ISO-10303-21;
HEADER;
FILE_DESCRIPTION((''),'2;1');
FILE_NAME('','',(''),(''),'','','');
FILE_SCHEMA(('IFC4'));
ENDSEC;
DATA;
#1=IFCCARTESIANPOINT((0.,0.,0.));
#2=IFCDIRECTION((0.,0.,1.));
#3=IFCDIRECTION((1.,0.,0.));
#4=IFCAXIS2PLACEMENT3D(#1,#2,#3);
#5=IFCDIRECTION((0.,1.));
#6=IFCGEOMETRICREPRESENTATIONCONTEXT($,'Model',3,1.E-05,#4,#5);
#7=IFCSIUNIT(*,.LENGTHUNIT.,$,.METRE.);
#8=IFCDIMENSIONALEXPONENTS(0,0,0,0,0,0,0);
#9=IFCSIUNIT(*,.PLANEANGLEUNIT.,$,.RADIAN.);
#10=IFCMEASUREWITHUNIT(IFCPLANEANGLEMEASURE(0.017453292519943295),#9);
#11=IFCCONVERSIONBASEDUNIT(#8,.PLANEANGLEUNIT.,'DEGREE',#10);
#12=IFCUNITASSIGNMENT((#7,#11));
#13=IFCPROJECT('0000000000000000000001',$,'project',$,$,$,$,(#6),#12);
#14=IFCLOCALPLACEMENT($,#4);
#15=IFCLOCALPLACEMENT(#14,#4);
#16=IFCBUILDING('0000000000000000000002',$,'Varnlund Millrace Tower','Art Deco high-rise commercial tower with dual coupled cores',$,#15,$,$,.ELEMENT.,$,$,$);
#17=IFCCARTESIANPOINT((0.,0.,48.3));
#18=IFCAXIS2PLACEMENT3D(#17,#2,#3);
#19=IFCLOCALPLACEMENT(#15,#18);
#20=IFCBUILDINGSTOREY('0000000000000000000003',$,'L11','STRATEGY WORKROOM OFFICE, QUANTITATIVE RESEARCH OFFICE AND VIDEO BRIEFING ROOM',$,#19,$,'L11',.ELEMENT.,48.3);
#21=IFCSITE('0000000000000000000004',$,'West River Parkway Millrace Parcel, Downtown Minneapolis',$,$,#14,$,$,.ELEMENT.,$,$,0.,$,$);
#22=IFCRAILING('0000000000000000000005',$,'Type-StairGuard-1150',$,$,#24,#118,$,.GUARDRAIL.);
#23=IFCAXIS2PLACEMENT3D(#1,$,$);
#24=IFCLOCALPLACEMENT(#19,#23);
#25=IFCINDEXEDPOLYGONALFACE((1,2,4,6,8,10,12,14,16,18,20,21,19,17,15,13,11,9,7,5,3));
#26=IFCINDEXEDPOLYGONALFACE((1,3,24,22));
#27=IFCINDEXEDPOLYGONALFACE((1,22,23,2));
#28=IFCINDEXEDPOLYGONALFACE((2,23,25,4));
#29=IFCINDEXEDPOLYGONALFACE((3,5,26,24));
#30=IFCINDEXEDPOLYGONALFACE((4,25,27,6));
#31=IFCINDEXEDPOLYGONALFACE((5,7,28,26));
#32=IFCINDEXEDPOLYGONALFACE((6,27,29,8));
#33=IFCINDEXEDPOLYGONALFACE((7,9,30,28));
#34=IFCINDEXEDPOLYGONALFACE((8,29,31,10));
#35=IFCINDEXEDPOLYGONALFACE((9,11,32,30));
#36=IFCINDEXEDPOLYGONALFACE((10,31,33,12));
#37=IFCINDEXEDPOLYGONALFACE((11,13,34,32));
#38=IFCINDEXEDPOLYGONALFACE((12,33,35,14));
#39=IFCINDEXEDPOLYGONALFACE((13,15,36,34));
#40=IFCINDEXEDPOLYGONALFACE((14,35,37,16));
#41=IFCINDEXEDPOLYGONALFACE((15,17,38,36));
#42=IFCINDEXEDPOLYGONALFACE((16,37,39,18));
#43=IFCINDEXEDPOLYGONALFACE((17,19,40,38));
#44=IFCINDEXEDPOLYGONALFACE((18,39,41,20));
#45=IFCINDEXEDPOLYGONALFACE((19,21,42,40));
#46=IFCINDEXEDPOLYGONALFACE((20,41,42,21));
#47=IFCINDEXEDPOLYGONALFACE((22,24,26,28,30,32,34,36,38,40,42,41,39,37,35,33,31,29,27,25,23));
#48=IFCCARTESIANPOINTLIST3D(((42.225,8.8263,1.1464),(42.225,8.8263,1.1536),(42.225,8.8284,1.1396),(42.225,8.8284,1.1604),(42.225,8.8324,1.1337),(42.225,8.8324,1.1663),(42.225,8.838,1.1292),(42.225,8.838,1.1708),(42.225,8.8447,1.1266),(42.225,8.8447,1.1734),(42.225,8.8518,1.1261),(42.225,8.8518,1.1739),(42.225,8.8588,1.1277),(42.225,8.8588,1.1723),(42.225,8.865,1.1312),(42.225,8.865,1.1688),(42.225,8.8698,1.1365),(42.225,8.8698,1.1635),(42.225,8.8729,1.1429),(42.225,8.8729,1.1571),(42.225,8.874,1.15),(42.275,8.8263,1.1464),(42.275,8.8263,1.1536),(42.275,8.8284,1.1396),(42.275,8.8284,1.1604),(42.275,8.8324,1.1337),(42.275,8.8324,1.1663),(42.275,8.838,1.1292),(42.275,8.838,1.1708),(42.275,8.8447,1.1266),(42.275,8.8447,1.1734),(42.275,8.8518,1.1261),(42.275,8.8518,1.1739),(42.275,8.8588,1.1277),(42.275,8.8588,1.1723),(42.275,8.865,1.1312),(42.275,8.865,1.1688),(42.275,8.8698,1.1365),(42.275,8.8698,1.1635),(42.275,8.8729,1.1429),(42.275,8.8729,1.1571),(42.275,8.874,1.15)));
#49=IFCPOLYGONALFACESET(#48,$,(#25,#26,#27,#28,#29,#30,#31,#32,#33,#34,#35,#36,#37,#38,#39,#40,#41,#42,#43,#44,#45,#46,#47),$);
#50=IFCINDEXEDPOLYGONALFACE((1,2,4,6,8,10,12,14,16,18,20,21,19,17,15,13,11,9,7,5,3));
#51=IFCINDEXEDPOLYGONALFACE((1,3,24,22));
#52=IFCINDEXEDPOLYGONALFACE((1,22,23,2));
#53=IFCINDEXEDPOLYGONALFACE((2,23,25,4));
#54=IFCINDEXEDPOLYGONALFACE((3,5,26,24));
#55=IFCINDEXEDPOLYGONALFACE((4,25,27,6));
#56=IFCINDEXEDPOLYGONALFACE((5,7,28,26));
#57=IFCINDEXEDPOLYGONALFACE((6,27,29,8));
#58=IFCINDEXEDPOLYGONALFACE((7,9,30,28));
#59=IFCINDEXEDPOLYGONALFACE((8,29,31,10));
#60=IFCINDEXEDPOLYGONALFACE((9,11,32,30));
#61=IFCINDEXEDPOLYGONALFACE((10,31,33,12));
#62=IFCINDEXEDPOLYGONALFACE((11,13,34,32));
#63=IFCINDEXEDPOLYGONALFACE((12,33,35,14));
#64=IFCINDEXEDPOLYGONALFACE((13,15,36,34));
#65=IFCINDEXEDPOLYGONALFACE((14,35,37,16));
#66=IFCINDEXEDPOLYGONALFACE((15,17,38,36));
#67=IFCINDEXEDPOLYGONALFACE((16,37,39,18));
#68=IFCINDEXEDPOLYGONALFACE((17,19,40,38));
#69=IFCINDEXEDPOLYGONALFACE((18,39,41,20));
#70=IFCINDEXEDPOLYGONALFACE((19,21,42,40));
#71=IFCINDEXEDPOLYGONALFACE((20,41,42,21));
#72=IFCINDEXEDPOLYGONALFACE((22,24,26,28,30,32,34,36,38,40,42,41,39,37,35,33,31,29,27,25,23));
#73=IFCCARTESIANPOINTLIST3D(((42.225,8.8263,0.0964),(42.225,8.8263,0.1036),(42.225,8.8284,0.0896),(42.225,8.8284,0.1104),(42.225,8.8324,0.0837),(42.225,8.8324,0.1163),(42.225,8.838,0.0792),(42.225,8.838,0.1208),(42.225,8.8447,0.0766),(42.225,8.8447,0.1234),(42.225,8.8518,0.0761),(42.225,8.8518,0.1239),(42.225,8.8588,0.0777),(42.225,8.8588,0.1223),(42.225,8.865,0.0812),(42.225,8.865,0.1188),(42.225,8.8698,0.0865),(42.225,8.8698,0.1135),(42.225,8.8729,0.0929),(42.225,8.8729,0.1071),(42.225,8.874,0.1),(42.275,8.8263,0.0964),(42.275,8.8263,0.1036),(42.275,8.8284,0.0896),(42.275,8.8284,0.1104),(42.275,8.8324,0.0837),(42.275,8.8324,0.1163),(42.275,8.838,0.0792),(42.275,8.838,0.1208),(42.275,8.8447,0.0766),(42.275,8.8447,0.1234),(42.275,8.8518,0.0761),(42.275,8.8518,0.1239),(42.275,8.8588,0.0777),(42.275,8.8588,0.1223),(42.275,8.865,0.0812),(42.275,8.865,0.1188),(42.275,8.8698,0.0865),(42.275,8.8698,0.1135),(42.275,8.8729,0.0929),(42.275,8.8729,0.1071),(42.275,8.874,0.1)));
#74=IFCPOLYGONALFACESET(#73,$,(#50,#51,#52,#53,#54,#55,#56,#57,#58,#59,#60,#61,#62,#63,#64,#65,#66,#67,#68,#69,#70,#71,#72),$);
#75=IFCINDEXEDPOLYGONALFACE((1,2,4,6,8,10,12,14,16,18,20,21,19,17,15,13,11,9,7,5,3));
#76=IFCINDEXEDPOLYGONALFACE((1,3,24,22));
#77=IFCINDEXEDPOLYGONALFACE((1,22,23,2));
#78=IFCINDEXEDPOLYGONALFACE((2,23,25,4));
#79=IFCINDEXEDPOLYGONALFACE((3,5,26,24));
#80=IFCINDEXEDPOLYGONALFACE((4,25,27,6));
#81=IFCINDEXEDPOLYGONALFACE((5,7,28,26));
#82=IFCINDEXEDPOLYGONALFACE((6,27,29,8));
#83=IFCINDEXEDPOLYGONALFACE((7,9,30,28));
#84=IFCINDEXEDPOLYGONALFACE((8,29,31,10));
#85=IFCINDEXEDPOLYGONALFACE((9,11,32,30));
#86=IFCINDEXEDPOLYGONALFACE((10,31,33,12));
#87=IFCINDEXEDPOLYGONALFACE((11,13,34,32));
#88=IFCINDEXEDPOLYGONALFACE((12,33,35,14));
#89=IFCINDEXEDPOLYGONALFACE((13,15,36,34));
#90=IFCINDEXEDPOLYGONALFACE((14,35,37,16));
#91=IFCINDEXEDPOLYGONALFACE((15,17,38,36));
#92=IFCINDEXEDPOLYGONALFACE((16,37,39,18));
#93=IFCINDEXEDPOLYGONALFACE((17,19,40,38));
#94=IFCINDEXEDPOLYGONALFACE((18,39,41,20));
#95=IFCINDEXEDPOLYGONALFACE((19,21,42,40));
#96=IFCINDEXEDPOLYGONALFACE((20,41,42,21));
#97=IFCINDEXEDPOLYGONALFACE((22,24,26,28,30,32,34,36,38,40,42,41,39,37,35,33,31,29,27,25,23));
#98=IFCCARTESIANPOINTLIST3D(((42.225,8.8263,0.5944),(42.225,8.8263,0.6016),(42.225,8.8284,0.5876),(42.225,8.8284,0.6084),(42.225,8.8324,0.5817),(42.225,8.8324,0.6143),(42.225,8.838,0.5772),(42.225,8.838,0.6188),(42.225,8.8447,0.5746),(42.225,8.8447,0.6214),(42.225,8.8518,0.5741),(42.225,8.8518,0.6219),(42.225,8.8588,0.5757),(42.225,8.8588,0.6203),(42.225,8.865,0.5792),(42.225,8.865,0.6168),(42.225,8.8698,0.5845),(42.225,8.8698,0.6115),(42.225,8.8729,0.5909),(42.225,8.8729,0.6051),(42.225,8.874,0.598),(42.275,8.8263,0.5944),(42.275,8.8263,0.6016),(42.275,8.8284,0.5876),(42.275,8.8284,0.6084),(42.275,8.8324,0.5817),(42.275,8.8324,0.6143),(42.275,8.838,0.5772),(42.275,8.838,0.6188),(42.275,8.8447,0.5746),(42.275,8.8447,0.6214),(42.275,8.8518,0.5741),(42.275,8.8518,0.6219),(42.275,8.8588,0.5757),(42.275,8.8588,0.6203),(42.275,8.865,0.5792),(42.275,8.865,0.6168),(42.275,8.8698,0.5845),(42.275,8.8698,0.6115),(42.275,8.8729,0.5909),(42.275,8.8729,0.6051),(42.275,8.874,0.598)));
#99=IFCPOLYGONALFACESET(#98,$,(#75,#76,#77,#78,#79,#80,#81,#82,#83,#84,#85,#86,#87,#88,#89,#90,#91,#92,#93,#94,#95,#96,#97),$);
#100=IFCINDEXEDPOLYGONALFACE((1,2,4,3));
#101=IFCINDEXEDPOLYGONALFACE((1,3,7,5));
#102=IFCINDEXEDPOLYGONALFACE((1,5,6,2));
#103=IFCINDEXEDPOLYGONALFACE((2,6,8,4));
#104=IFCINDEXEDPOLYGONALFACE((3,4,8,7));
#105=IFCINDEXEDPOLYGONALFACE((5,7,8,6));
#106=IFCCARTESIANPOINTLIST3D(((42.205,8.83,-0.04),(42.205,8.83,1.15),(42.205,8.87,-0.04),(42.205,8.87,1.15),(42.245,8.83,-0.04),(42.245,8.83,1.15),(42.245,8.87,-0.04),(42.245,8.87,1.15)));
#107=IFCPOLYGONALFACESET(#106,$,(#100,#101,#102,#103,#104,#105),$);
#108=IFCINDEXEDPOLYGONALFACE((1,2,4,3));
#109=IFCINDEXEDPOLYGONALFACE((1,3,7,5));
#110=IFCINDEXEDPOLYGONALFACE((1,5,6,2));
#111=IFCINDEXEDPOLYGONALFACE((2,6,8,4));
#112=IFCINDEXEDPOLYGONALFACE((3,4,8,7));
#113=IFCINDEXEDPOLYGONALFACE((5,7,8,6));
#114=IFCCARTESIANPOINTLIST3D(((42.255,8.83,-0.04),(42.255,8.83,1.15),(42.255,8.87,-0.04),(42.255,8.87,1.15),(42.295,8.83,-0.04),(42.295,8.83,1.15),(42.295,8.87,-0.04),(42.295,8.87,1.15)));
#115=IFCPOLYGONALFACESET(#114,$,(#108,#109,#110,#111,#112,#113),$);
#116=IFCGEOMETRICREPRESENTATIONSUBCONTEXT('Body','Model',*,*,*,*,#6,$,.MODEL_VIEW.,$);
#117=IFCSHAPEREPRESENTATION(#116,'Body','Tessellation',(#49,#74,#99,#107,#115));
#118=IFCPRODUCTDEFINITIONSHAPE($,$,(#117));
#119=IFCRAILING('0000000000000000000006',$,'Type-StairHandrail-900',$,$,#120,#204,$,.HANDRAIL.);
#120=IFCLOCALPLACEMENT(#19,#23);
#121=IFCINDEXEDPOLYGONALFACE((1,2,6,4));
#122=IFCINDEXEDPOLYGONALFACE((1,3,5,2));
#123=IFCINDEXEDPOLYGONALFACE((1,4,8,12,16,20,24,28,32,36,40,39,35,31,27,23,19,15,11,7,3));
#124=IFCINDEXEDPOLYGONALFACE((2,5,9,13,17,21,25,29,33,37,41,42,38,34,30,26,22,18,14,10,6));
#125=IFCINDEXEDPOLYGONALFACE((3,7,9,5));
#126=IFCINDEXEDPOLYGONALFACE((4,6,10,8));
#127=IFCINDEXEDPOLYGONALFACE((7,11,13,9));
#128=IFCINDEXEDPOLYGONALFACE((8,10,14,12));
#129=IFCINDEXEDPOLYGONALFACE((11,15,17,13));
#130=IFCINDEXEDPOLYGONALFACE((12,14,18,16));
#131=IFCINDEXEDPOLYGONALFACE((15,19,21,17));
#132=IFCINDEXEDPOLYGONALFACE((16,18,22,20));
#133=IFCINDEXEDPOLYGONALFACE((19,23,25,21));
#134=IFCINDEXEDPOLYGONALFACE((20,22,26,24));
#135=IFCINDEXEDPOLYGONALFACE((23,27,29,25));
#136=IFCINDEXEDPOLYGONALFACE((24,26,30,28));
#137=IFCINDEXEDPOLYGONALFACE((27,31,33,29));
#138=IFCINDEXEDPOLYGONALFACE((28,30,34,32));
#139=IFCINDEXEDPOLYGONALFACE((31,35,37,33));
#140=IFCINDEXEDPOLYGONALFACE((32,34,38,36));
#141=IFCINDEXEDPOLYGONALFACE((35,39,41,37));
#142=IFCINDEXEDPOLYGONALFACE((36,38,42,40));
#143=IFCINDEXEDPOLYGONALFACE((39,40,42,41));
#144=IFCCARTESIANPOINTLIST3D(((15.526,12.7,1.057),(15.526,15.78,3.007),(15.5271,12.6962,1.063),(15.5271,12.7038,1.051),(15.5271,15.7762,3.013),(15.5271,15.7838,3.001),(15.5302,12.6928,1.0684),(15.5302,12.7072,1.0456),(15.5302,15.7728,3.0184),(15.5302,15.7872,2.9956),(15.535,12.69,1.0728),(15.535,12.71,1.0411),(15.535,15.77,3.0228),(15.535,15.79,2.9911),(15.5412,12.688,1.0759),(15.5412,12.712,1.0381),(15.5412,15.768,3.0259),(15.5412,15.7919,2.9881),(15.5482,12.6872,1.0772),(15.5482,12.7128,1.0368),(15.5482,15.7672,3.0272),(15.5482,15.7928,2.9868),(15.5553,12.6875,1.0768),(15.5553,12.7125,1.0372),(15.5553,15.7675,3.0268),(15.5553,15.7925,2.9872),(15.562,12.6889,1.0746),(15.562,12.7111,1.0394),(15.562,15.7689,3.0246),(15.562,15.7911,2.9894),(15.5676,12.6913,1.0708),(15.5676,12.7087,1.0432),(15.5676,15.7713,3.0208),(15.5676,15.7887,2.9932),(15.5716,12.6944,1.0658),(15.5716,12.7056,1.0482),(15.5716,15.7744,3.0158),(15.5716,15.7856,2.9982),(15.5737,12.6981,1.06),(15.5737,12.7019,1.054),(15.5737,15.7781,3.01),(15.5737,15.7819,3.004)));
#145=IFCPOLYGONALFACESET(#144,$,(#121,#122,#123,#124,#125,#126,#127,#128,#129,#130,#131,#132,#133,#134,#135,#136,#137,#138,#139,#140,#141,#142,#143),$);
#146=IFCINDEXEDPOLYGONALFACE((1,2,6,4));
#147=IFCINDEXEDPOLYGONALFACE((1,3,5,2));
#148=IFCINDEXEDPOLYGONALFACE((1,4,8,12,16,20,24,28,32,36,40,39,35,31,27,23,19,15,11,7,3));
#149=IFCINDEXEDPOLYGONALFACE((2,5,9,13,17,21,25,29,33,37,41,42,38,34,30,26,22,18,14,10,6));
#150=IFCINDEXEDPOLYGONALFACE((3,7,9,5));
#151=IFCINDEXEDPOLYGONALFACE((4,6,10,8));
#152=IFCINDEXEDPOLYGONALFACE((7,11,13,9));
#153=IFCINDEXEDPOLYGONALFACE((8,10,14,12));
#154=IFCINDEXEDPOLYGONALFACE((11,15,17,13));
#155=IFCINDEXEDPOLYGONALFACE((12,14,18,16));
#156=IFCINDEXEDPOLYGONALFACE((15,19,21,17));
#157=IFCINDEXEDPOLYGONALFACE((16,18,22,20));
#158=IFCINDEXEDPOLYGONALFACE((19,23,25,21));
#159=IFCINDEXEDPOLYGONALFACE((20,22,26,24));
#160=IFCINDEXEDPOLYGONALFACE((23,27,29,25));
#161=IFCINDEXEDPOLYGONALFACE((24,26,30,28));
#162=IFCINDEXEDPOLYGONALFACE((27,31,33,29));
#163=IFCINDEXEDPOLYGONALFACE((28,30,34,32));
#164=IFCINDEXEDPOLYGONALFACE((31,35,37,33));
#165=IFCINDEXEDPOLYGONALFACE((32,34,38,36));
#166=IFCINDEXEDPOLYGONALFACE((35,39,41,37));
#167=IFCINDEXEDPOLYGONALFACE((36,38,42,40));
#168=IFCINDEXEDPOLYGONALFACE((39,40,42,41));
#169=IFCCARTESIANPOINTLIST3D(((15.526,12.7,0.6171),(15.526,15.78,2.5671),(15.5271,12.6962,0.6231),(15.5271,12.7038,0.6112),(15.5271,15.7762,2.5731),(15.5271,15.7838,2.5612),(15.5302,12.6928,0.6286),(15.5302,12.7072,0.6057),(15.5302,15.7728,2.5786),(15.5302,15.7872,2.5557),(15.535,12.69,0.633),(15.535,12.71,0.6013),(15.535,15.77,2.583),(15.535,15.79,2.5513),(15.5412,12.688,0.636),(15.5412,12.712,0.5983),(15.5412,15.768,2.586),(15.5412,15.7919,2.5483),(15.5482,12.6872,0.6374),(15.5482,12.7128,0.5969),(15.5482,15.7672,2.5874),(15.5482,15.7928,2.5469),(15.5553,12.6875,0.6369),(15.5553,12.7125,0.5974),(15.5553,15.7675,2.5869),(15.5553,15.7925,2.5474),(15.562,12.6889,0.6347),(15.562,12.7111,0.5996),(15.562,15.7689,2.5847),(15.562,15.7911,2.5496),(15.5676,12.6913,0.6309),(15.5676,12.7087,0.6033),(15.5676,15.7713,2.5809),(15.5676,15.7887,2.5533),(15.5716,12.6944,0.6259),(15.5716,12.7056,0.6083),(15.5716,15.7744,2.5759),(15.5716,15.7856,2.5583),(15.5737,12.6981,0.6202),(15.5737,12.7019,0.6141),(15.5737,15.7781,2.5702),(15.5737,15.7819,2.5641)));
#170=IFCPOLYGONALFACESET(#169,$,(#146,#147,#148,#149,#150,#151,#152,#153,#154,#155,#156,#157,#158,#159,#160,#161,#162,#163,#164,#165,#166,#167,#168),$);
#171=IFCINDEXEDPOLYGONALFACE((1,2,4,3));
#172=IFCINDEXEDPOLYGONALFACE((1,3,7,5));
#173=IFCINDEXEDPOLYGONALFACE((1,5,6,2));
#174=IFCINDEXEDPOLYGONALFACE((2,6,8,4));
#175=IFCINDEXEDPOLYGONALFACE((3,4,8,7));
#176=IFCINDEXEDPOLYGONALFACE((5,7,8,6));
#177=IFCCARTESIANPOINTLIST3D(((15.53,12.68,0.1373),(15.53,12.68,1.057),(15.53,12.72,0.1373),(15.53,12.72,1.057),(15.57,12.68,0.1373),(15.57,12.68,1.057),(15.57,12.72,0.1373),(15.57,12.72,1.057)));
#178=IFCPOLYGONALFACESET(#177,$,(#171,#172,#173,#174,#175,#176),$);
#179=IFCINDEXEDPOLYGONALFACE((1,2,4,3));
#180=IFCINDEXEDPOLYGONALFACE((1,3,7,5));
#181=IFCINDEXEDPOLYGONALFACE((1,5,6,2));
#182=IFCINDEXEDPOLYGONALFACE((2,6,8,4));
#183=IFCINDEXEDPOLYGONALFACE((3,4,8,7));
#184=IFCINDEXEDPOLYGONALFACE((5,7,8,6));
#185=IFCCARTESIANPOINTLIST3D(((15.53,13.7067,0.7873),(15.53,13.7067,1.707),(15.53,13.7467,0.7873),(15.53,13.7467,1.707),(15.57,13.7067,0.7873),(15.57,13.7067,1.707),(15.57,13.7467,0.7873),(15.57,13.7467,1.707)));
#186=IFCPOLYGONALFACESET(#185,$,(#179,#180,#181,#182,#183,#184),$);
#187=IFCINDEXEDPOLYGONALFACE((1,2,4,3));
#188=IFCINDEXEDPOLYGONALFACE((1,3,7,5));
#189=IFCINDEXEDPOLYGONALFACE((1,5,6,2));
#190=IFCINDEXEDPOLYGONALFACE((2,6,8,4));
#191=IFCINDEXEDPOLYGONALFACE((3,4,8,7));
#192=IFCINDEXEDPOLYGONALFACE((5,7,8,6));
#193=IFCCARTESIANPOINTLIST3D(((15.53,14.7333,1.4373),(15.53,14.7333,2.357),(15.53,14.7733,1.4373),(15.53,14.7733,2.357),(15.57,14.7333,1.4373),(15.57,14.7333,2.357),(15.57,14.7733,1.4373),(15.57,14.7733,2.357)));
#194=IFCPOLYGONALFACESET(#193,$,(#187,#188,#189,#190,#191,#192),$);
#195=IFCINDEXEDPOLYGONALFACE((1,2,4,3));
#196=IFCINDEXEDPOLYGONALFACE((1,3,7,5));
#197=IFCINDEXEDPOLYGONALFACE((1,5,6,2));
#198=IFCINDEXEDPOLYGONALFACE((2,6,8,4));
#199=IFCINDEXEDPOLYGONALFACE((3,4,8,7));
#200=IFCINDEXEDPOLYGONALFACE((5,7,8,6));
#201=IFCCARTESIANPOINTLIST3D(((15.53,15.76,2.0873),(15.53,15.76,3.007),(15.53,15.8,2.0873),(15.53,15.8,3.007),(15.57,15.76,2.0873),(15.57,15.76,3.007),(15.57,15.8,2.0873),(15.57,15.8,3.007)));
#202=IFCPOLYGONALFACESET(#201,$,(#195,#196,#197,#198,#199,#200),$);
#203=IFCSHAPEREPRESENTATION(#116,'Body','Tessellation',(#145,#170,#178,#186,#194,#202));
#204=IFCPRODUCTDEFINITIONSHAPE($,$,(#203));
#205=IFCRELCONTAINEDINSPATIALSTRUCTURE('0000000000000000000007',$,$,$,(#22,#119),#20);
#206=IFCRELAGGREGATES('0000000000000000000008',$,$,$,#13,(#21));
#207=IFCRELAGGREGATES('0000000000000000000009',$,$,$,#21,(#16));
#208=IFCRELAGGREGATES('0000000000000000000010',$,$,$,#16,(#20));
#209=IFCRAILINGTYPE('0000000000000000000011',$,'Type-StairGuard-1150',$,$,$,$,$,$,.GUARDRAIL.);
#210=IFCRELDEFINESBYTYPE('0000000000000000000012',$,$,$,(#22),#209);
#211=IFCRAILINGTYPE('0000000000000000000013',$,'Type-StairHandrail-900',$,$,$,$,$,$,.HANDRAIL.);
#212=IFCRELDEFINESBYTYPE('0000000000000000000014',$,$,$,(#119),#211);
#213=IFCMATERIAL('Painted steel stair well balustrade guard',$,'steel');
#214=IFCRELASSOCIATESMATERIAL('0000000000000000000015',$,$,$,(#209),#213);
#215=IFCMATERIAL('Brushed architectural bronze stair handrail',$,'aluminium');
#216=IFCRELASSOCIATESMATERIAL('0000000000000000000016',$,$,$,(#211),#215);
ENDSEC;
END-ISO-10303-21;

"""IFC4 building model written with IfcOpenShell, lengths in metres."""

from ifc_helpers import new_model, entity, si_unit, converted_unit, direction, frame, origin_with_axes, origin_2d_with_axis, place, context, subcontext, project, spatial, rectangle, circle, extrude, material, type_object, element, save


model = new_model("IFC4")

# Units and contexts
model_context = context("Model", 3, precision=1e-05, world=origin_with_axes(), true_north=direction((0.0, 1.0)))
body_context = subcontext(model_context, "Body", "Model", "MODEL_VIEW")
ifc_project = project(units=[si_unit("LENGTHUNIT", "METRE"), converted_unit("PLANEANGLEUNIT", "DEGREE", entity("IfcPlaneAngleMeasure", 0.017453292519943295), si_unit("PLANEANGLEUNIT", "RADIAN"), dimensions=[0, 0, 0, 0, 0, 0, 0])], contexts=[model_context])

# Site, building, storey
site_placement = place(None, origin_with_axes())
site = spatial("IfcSite", under=ifc_project, at=site_placement, Name="West River Parkway Millrace Parcel, Downtown Minneapolis", CompositionType="ELEMENT", RefElevation=0.0)
building_placement = place(site_placement, origin_with_axes())
building = spatial("IfcBuilding", under=site, at=building_placement, Name="Varnlund Millrace Tower", Description="Art Deco high-rise commercial tower with dual coupled cores", CompositionType="ELEMENT")
storey_placement = place(building_placement, frame((0.0, 0.0, 48.3), z_axis=(0.0, 0.0, 1.0), x_axis=(1.0, 0.0, 0.0)))
storey = spatial("IfcBuildingStorey", under=building, at=storey_placement, Name="L11", Description="STRATEGY WORKROOM OFFICE, QUANTITATIVE RESEARCH OFFICE AND VIDEO BRIEFING ROOM", LongName="L11", CompositionType="ELEMENT", Elevation=48.3)

# Railings
ifc_material_1 = material(Name="Painted steel stair well balustrade guard", Category="steel")
railing_type_1 = type_object("IfcRailingType", Name="Type-StairGuard-1150", PredefinedType="GUARDRAIL", material=ifc_material_1)
railing_1_placement = place(storey_placement, frame((0.0, 0.0, -48.3), z_axis=(0.0, 0.0, 1.0), x_axis=(1.0, 0.0, 0.0)))
element("IfcRailing", 1, at=railing_1_placement, inside=storey, type_object=railing_type_1, Name="Type-StairGuard-1150", PredefinedType="GUARDRAIL", context=body_context, shape_type="SweptSolid", body=[
    extrude(circle(Radius=0.024, at=origin_2d_with_axis()), frame((42.225, 8.85, 49.45), z_axis=(1.0, 0.0, 0.0), x_axis=(0.0, 1.0, 0.0)), (0.0, 0.0, 1.0), 0.05),
    extrude(circle(Radius=0.024, at=origin_2d_with_axis()), frame((42.225, 8.85, 48.4), z_axis=(1.0, 0.0, 0.0), x_axis=(0.0, 1.0, 0.0)), (0.0, 0.0, 1.0), 0.05),
    extrude(circle(Radius=0.024, at=origin_2d_with_axis()), frame((42.225, 8.85, 48.898), z_axis=(1.0, 0.0, 0.0), x_axis=(0.0, 1.0, 0.0)), (0.0, 0.0, 1.0), 0.05),
    extrude(rectangle(XDim=0.04, YDim=0.04, at=origin_2d_with_axis()), frame((42.225, 8.85, 48.26), z_axis=(0.0, 0.0, 1.0), x_axis=(1.0, 0.0, 0.0)), (0.0, 0.0, 1.0), 1.19),
    extrude(rectangle(XDim=0.04, YDim=0.04, at=origin_2d_with_axis()), frame((42.275, 8.85, 48.26), z_axis=(0.0, 0.0, 1.0), x_axis=(1.0, 0.0, 0.0)), (0.0, 0.0, 1.0), 1.19),
])
ifc_material_2 = material(Name="Brushed architectural bronze stair handrail", Category="aluminium")
railing_type_2 = type_object("IfcRailingType", Name="Type-StairHandrail-900", PredefinedType="HANDRAIL", material=ifc_material_2)
railing_2_placement = place(storey_placement, frame((0.0, 0.0, -48.3), z_axis=(0.0, 0.0, 1.0), x_axis=(1.0, 0.0, 0.0)))
element("IfcRailing", 2, at=railing_2_placement, inside=storey, type_object=railing_type_2, Name="Type-StairHandrail-900", PredefinedType="HANDRAIL", context=body_context, shape_type="SweptSolid", body=[
    extrude(circle(Radius=0.024, at=origin_2d_with_axis()), frame((15.55, 12.7, 49.357), z_axis=(0.0, 0.844902, 0.534922), x_axis=(-1.0, 0.0, 0.0)), (0.0, 0.0, 1.0), 3.6454),
    extrude(circle(Radius=0.024, at=origin_2d_with_axis()), frame((15.55, 12.7, 48.9171), z_axis=(0.0, 0.844902, 0.534922), x_axis=(-1.0, 0.0, 0.0)), (0.0, 0.0, 1.0), 3.6454),
    extrude(rectangle(XDim=0.04, YDim=0.04, at=origin_2d_with_axis()), frame((15.55, 12.7, 48.4373), z_axis=(0.0, 0.0, 1.0), x_axis=(1.0, 0.0, 0.0)), (0.0, 0.0, 1.0), 0.9197),
    extrude(rectangle(XDim=0.04, YDim=0.04, at=origin_2d_with_axis()), frame((15.55, 13.7267, 49.0873), z_axis=(0.0, 0.0, 1.0), x_axis=(1.0, 0.0, 0.0)), (0.0, 0.0, 1.0), 0.9197),
    extrude(rectangle(XDim=0.04, YDim=0.04, at=origin_2d_with_axis()), frame((15.55, 14.7533, 49.7373), z_axis=(0.0, 0.0, 1.0), x_axis=(1.0, 0.0, 0.0)), (0.0, 0.0, 1.0), 0.9197),
    extrude(rectangle(XDim=0.04, YDim=0.04, at=origin_2d_with_axis()), frame((15.55, 15.78, 50.3873), z_axis=(0.0, 0.0, 1.0), x_axis=(1.0, 0.0, 0.0)), (0.0, 0.0, 1.0), 0.9197),
])

save(model, "model.ifc")
